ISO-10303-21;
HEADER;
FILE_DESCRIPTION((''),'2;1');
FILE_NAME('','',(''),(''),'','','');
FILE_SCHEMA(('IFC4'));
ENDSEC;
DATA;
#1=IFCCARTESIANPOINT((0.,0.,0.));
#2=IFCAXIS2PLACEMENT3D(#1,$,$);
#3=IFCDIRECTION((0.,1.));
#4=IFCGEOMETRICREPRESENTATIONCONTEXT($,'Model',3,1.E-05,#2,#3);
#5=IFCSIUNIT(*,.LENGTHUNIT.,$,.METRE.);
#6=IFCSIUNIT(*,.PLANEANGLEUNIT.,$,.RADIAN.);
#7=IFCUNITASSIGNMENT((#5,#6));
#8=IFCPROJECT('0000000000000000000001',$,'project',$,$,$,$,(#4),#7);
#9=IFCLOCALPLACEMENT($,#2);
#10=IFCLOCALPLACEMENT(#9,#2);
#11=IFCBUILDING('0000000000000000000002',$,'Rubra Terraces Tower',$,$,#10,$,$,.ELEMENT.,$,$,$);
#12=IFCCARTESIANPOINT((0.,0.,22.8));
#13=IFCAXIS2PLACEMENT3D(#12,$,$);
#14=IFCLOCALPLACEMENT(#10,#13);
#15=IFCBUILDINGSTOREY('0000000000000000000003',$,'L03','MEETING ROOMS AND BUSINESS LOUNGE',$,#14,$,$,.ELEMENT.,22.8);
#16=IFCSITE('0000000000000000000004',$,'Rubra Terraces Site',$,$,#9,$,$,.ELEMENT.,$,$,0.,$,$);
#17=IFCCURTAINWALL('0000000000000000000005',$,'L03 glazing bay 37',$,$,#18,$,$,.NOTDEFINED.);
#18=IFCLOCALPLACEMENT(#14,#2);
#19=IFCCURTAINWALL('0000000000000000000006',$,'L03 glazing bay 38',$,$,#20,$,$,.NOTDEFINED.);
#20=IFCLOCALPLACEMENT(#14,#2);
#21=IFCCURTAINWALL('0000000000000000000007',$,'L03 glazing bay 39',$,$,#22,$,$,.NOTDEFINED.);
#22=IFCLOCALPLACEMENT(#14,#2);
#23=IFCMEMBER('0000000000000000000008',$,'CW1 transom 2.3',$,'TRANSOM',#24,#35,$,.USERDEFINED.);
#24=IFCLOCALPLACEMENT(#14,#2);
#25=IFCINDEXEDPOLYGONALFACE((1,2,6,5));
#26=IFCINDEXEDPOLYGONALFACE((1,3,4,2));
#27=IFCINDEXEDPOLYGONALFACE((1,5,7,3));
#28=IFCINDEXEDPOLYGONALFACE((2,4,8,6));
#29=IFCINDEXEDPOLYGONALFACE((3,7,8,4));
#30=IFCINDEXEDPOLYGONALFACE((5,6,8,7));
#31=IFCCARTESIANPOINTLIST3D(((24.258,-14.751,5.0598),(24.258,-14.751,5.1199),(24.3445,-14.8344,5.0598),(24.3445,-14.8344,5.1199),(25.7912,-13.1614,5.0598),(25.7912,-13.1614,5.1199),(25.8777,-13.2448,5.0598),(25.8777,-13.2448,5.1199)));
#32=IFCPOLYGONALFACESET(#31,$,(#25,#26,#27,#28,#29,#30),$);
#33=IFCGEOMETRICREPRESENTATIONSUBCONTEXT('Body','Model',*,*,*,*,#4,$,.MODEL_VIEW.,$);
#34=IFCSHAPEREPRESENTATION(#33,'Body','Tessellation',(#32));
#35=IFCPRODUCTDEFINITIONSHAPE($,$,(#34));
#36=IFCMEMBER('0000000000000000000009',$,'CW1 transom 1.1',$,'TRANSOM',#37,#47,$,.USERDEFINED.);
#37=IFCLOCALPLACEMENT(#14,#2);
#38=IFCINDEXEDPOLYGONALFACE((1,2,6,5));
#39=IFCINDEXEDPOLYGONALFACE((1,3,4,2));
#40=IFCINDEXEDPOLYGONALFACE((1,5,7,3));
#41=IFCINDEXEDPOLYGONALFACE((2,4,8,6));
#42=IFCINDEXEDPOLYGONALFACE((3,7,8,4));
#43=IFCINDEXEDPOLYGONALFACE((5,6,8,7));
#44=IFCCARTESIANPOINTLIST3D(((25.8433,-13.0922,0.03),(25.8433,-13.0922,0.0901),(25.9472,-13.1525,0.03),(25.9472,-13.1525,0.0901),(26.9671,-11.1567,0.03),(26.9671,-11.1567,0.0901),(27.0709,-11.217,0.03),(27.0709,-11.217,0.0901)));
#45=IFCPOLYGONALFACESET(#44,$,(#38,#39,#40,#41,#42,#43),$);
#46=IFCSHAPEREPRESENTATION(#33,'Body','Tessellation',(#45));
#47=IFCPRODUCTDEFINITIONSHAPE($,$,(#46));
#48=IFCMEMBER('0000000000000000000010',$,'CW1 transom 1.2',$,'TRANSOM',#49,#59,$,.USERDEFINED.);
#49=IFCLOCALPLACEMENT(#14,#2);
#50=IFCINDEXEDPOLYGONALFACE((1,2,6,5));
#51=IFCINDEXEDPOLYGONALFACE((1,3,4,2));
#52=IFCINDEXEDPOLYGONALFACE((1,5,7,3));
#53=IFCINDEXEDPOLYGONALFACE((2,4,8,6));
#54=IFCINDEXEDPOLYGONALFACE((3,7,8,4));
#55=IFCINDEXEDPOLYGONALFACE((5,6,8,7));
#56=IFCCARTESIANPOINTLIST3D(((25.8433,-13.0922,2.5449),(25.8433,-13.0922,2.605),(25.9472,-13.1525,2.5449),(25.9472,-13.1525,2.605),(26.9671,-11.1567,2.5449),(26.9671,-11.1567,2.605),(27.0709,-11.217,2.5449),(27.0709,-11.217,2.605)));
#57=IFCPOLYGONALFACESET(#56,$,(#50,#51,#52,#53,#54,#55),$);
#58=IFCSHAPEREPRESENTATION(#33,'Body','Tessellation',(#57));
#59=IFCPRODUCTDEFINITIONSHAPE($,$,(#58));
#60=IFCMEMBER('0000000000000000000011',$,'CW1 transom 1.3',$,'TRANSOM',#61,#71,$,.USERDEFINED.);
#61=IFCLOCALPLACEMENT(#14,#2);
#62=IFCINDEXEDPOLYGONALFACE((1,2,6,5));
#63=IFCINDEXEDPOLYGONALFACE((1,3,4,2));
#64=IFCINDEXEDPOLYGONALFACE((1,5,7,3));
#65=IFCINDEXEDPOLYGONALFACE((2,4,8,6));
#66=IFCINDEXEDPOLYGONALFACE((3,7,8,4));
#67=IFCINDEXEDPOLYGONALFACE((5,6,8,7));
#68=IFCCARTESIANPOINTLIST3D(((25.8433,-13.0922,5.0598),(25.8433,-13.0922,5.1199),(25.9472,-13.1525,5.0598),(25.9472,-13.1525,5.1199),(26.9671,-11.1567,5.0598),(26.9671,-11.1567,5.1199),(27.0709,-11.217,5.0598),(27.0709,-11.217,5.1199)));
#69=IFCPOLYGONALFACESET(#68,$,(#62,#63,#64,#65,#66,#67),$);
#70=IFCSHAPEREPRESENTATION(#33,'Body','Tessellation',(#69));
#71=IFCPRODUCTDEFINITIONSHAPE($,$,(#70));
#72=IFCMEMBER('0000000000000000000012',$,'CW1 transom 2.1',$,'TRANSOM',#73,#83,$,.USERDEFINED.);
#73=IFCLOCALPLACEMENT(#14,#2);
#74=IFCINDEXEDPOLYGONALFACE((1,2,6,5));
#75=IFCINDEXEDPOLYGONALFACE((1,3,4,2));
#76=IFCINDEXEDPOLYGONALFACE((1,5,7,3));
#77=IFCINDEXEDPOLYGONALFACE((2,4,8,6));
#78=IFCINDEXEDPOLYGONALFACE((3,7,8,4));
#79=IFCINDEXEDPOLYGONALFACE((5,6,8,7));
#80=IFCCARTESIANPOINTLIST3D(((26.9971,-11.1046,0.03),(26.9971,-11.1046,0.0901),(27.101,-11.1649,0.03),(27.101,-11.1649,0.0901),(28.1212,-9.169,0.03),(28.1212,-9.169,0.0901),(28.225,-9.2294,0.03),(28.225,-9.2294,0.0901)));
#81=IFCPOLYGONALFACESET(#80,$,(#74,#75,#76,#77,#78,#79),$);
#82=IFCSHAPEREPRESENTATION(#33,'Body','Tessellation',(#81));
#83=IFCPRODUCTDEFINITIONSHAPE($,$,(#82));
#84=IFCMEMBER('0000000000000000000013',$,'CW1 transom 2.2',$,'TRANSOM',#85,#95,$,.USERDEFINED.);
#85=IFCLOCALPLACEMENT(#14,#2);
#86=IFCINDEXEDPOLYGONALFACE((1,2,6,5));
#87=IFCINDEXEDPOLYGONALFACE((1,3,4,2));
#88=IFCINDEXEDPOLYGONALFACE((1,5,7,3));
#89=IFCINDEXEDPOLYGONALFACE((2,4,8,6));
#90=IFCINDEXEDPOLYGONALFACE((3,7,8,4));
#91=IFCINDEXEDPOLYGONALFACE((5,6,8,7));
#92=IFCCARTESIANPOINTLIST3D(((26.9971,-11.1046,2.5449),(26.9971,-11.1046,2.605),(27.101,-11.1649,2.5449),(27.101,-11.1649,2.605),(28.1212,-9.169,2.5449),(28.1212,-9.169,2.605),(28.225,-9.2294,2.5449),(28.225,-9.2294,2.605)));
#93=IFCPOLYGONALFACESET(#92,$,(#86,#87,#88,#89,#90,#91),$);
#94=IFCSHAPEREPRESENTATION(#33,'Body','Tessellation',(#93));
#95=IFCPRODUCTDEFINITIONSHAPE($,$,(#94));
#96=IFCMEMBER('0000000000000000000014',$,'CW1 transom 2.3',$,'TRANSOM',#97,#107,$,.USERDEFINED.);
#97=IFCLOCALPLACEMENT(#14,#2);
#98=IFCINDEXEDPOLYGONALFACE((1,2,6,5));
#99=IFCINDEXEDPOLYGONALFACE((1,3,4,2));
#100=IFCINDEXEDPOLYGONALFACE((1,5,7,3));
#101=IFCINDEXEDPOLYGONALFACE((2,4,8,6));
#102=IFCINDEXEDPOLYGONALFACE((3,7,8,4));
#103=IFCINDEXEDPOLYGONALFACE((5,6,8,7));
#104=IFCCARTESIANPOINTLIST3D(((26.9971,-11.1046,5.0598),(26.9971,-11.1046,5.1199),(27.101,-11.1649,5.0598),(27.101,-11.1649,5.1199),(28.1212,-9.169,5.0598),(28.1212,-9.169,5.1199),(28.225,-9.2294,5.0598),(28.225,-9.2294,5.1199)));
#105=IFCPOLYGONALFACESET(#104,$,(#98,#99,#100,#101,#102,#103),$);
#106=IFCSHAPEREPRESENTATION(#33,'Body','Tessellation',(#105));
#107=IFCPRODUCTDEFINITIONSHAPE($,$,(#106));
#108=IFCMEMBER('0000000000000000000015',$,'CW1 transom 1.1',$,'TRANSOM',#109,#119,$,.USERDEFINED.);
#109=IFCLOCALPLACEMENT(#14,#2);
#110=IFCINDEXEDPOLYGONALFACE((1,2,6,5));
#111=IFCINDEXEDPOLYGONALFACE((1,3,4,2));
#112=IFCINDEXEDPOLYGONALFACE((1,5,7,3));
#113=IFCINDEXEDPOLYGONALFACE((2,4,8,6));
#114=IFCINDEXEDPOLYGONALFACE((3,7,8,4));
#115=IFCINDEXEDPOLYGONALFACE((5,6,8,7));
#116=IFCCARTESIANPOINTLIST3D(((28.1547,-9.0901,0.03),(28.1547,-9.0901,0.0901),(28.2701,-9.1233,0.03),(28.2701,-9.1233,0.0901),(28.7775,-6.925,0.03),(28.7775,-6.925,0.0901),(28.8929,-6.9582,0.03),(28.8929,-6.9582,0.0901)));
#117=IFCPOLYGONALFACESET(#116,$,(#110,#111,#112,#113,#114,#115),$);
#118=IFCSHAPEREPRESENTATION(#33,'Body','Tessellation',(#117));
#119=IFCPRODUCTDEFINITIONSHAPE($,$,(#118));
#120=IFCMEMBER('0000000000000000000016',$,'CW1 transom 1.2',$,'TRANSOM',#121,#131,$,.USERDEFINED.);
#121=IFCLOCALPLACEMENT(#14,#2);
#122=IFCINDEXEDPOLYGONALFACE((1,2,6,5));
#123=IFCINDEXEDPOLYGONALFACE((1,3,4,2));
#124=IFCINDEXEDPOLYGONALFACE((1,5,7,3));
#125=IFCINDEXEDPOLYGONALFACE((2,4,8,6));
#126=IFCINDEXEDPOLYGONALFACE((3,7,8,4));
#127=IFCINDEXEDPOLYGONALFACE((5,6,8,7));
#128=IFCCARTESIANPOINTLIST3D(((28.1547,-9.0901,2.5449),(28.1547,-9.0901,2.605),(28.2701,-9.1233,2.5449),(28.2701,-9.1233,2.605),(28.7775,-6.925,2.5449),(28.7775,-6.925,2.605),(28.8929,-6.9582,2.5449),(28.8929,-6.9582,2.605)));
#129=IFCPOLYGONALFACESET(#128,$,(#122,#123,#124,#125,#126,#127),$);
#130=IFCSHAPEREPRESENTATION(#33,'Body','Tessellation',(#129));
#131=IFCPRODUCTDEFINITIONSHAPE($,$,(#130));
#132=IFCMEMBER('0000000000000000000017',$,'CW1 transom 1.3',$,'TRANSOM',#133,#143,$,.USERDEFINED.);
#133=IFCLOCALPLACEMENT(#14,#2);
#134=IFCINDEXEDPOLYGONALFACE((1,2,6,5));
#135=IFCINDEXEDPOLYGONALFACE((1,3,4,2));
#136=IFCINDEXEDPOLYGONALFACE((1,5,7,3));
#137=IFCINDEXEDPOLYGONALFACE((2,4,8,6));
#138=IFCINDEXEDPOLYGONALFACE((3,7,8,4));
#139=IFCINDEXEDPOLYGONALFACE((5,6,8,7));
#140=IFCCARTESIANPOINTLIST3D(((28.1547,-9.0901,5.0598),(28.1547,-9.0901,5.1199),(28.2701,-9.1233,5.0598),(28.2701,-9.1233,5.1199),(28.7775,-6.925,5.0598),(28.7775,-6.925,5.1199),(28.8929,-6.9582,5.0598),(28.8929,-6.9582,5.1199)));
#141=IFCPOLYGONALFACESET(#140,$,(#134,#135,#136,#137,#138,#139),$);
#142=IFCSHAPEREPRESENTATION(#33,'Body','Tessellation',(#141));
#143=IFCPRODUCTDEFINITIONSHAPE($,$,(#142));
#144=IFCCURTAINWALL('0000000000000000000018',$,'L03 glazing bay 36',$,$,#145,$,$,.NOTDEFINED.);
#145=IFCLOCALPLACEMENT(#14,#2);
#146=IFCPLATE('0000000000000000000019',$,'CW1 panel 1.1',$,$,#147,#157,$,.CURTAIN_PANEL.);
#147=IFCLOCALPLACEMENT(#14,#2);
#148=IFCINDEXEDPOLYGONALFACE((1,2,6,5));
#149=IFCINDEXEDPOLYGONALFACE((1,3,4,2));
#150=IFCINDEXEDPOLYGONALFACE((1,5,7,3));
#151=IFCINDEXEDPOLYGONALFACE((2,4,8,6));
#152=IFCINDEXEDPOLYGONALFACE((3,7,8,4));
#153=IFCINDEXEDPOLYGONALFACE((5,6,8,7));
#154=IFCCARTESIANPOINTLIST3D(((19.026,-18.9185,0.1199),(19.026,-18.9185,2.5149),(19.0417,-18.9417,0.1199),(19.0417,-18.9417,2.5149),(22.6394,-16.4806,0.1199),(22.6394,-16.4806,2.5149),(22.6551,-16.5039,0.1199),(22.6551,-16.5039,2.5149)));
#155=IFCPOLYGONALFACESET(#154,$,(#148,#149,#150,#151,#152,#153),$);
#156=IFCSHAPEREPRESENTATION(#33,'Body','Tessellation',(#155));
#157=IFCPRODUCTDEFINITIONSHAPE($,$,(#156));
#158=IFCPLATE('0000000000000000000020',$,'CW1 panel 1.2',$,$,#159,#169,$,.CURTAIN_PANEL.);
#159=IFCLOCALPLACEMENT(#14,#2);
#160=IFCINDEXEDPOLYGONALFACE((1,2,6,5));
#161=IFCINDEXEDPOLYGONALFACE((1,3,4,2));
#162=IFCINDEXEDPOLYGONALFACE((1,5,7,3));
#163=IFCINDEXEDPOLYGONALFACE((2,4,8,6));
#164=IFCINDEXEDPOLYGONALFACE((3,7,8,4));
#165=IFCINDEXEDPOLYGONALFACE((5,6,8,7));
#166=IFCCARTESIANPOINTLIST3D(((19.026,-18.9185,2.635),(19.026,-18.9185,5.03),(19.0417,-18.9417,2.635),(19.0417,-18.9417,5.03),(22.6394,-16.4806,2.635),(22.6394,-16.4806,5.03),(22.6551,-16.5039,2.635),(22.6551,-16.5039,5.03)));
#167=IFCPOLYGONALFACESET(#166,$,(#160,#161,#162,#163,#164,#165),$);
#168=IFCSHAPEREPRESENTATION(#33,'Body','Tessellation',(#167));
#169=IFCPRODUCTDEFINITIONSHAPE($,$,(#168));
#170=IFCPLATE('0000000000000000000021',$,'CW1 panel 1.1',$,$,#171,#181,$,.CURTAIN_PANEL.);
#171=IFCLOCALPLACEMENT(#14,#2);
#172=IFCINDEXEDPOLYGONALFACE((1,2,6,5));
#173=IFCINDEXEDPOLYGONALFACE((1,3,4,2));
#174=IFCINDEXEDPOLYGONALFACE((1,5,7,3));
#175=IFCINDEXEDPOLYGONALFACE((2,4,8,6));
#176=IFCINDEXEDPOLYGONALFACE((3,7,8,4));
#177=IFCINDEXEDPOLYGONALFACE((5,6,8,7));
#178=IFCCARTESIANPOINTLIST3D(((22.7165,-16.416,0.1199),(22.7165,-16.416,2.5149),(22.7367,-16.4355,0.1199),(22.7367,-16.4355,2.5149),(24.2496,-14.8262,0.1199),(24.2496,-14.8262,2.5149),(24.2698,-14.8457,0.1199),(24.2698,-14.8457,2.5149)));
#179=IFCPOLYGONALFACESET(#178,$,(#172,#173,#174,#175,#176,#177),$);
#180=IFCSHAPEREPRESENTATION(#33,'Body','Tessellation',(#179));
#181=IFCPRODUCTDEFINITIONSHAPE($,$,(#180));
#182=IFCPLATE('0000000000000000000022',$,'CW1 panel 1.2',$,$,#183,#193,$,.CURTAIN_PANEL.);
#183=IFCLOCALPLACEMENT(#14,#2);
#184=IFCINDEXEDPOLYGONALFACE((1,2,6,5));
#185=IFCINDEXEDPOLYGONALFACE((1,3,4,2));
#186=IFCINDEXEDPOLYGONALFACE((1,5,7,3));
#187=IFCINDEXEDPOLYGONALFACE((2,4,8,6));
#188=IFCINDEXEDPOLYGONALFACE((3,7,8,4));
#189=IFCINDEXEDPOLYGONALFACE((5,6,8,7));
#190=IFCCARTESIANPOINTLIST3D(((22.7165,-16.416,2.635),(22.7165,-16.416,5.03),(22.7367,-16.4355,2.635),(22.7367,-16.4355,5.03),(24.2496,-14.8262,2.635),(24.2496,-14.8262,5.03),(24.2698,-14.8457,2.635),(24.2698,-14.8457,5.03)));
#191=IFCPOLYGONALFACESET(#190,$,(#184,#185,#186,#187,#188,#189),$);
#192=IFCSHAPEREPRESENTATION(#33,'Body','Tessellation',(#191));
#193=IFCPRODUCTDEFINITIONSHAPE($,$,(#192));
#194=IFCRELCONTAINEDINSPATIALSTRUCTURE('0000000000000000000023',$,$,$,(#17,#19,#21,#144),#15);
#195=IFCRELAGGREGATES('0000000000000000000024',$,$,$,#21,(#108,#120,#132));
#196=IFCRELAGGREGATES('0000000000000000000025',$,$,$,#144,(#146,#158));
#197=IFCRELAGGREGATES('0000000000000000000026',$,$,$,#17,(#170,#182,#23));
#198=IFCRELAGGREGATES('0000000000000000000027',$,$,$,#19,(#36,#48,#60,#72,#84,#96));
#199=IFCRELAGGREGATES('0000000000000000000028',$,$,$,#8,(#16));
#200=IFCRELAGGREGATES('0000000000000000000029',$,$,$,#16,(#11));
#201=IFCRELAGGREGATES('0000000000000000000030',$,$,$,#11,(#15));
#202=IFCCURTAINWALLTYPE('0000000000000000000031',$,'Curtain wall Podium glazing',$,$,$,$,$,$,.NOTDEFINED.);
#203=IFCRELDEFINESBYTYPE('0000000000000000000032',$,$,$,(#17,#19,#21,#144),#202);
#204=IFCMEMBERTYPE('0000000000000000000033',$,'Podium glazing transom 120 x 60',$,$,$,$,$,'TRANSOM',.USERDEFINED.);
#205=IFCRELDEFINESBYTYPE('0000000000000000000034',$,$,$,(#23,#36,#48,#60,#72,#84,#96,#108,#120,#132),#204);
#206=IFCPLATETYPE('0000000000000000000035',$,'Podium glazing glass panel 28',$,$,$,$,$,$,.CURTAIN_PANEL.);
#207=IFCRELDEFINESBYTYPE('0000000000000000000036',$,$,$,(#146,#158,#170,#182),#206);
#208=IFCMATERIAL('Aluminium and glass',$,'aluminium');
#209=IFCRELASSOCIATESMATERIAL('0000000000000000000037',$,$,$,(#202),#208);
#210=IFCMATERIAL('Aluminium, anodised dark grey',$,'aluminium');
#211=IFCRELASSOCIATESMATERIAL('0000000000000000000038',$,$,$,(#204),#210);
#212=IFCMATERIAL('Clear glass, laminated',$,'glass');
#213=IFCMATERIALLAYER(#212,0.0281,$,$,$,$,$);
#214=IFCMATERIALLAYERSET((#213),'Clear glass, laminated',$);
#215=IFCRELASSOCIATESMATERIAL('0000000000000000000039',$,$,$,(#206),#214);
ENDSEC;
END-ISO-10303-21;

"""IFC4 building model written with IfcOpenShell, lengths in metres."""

from ifc_helpers import new_model, si_unit, direction, frame, origin, origin_2d, place, context, subcontext, project, spatial, rectangle, extrude, material, layer, layer_set, material_profile, profile_set, type_object, element, aggregate, save


model = new_model("IFC4")

# Units and contexts
model_context = context("Model", 3, precision=1e-05, world=origin(), true_north=direction((0.0, 1.0)))
body_context = subcontext(model_context, "Body", "Model", "MODEL_VIEW")
ifc_project = project(units=[si_unit("LENGTHUNIT", "METRE"), si_unit("PLANEANGLEUNIT", "RADIAN")], contexts=[model_context])

# Site, building, storey
site_placement = place(None, origin())
site = spatial("IfcSite", under=ifc_project, at=site_placement, Name="Rubra Terraces Site", CompositionType="ELEMENT", RefElevation=0.0)
building_placement = place(site_placement, origin())
building = spatial("IfcBuilding", under=site, at=building_placement, Name="Rubra Terraces Tower", CompositionType="ELEMENT")
storey_placement = place(building_placement, frame((0.0, 0.0, 22.8)))
storey = spatial("IfcBuildingStorey", under=building, at=storey_placement, Name="L03", Description="MEETING ROOMS AND BUSINESS LOUNGE", CompositionType="ELEMENT", Elevation=22.8)

# Curtain walls
ifc_material_1 = material(Name="Aluminium and glass", Category="aluminium")
curtain_wall_type = type_object("IfcCurtainWallType", Name="Curtain wall Podium glazing", PredefinedType="NOTDEFINED", material=ifc_material_1)
curtain_wall_1_placement = place(storey_placement, origin())
curtain_wall_1 = element("IfcCurtainWall", 1, at=curtain_wall_1_placement, inside=storey, type_object=curtain_wall_type, Name="L03 glazing bay 37", PredefinedType="NOTDEFINED")
ifc_material_2 = material(Name="Aluminium, anodised dark grey", Category="aluminium")
curtain_wall_2_placement = place(storey_placement, origin())
curtain_wall_2 = element("IfcCurtainWall", 2, at=curtain_wall_2_placement, inside=storey, type_object=curtain_wall_type, Name="L03 glazing bay 38", PredefinedType="NOTDEFINED")

# Curtain wall
curtain_wall_3_placement = place(storey_placement, origin())
curtain_wall_3 = element("IfcCurtainWall", 3, at=curtain_wall_3_placement, inside=storey, type_object=curtain_wall_type, Name="L03 glazing bay 39", PredefinedType="NOTDEFINED")

# Members
ifc_material_profile_1 = material_profile(ifc_material_2, rectangle(XDim=0.1201, YDim=0.0601, at=origin_2d()), Name="AL 120x60")
ifc_profile_set_1 = profile_set([ifc_material_profile_1], Name="Aluminium, anodised dark grey")
member_type_1 = type_object("IfcMemberType", Name="Podium glazing transom 120 x 60", ElementType="TRANSOM", PredefinedType="USERDEFINED", material=ifc_profile_set_1)
member_1_placement = place(storey_placement, frame((24.3013, -14.7927, 5.0898), z_axis=(0.694224, 0.719759, 0.0), x_axis=(-0.719759, 0.694224, 0.0)))
member_1 = element("IfcMember", 4, at=member_1_placement, type_object=member_type_1, Name="CW1 transom 2.3", ObjectType="TRANSOM", PredefinedType="USERDEFINED", context=body_context, shape_type="SweptSolid", body=[
    extrude(rectangle(XDim=0.1201, YDim=0.0601, at=origin_2d()), origin(), (0.0, 0.0, 1.0), 2.2085),
])
member_2_placement = place(storey_placement, frame((25.8953, -13.1223, 0.0601), z_axis=(0.502107, 0.864806, 0.0), x_axis=(-0.864806, 0.502107, 0.0)))
member_2 = element("IfcMember", 5, at=member_2_placement, type_object=member_type_1, Name="CW1 transom 1.1", ObjectType="TRANSOM", PredefinedType="USERDEFINED", context=body_context, shape_type="SweptSolid", body=[
    extrude(rectangle(XDim=0.1201, YDim=0.0601, at=origin_2d()), origin(), (0.0, 0.0, 1.0), 2.238),
])
member_3_placement = place(storey_placement, frame((25.8953, -13.1223, 2.575), z_axis=(0.502107, 0.864806, 0.0), x_axis=(-0.864806, 0.502107, 0.0)))
member_3 = element("IfcMember", 6, at=member_3_placement, type_object=member_type_1, Name="CW1 transom 1.2", ObjectType="TRANSOM", PredefinedType="USERDEFINED", context=body_context, shape_type="SweptSolid", body=[
    extrude(rectangle(XDim=0.1201, YDim=0.0601, at=origin_2d()), origin(), (0.0, 0.0, 1.0), 2.238),
])
member_4_placement = place(storey_placement, frame((25.8953, -13.1223, 5.0898), z_axis=(0.502107, 0.864806, 0.0), x_axis=(-0.864806, 0.502107, 0.0)))
member_4 = element("IfcMember", 7, at=member_4_placement, type_object=member_type_1, Name="CW1 transom 1.3", ObjectType="TRANSOM", PredefinedType="USERDEFINED", context=body_context, shape_type="SweptSolid", body=[
    extrude(rectangle(XDim=0.1201, YDim=0.0601, at=origin_2d()), origin(), (0.0, 0.0, 1.0), 2.238),
])
member_5_placement = place(storey_placement, frame((27.0491, -11.1348, 0.0601), z_axis=(0.502188, 0.864758, 0.0), x_axis=(-0.864758, 0.502188, 0.0)))
member_5 = element("IfcMember", 8, at=member_5_placement, type_object=member_type_1, Name="CW1 transom 2.1", ObjectType="TRANSOM", PredefinedType="USERDEFINED", context=body_context, shape_type="SweptSolid", body=[
    extrude(rectangle(XDim=0.1201, YDim=0.0601, at=origin_2d()), origin(), (0.0, 0.0, 1.0), 2.2383),
])
member_6_placement = place(storey_placement, frame((27.0491, -11.1348, 2.575), z_axis=(0.502188, 0.864758, 0.0), x_axis=(-0.864758, 0.502188, 0.0)))
member_6 = element("IfcMember", 9, at=member_6_placement, type_object=member_type_1, Name="CW1 transom 2.2", ObjectType="TRANSOM", PredefinedType="USERDEFINED", context=body_context, shape_type="SweptSolid", body=[
    extrude(rectangle(XDim=0.1201, YDim=0.0601, at=origin_2d()), origin(), (0.0, 0.0, 1.0), 2.2383),
])
member_7_placement = place(storey_placement, frame((27.0491, -11.1348, 5.0898), z_axis=(0.502188, 0.864758, 0.0), x_axis=(-0.864758, 0.502188, 0.0)))
member_7 = element("IfcMember", 10, at=member_7_placement, type_object=member_type_1, Name="CW1 transom 2.3", ObjectType="TRANSOM", PredefinedType="USERDEFINED", context=body_context, shape_type="SweptSolid", body=[
    extrude(rectangle(XDim=0.1201, YDim=0.0601, at=origin_2d()), origin(), (0.0, 0.0, 1.0), 2.2383),
])
member_8_placement = place(storey_placement, frame((28.2124, -9.1067, 0.0601), z_axis=(0.276453, 0.961028, 0.0), x_axis=(-0.961028, 0.276453, 0.0)))
member_8 = element("IfcMember", 11, at=member_8_placement, type_object=member_type_1, Name="CW1 transom 1.1", ObjectType="TRANSOM", PredefinedType="USERDEFINED", context=body_context, shape_type="SweptSolid", body=[
    extrude(rectangle(XDim=0.1201, YDim=0.0601, at=origin_2d()), origin(), (0.0, 0.0, 1.0), 2.2529),
])
member_9_placement = place(storey_placement, frame((28.2124, -9.1067, 2.575), z_axis=(0.276453, 0.961028, 0.0), x_axis=(-0.961028, 0.276453, 0.0)))
member_9 = element("IfcMember", 12, at=member_9_placement, type_object=member_type_1, Name="CW1 transom 1.2", ObjectType="TRANSOM", PredefinedType="USERDEFINED", context=body_context, shape_type="SweptSolid", body=[
    extrude(rectangle(XDim=0.1201, YDim=0.0601, at=origin_2d()), origin(), (0.0, 0.0, 1.0), 2.2529),
])
member_10_placement = place(storey_placement, frame((28.2124, -9.1067, 5.0898), z_axis=(0.276453, 0.961028, 0.0), x_axis=(-0.961028, 0.276453, 0.0)))
member_10 = element("IfcMember", 13, at=member_10_placement, type_object=member_type_1, Name="CW1 transom 1.3", ObjectType="TRANSOM", PredefinedType="USERDEFINED", context=body_context, shape_type="SweptSolid", body=[
    extrude(rectangle(XDim=0.1201, YDim=0.0601, at=origin_2d()), origin(), (0.0, 0.0, 1.0), 2.2529),
])
aggregate(curtain_wall_3, [member_8, member_9, member_10])

# Curtain wall, plates
curtain_wall_4_placement = place(storey_placement, origin())
curtain_wall_4 = element("IfcCurtainWall", 14, at=curtain_wall_4_placement, inside=storey, type_object=curtain_wall_type, Name="L03 glazing bay 36", PredefinedType="NOTDEFINED")
ifc_material_3 = material(Name="Clear glass, laminated", Category="glass")
ifc_layer_1 = layer(ifc_material_3, 0.0281)
ifc_layer_set_1 = layer_set([ifc_layer_1], Name="Clear glass, laminated")
plate_type = type_object("IfcPlateType", Name="Podium glazing glass panel 28", PredefinedType="CURTAIN_PANEL", material=ifc_layer_set_1)
plate_1_placement = place(storey_placement, frame((20.8406, -17.7112, 0.1199), z_axis=(0.0, 0.0, 1.0), x_axis=(0.828981, 0.559277, 0.0)))
plate_1 = element("IfcPlate", 15, at=plate_1_placement, type_object=plate_type, Name="CW1 panel 1.1", PredefinedType="CURTAIN_PANEL", context=body_context, shape_type="SweptSolid", body=[
    extrude(rectangle(XDim=4.3589, YDim=0.0281, at=origin_2d()), origin(), (0.0, 0.0, 1.0), 2.395),
])
plate_2_placement = place(storey_placement, frame((20.8406, -17.7112, 2.635), z_axis=(0.0, 0.0, 1.0), x_axis=(0.828981, 0.559277, 0.0)))
plate_2 = element("IfcPlate", 16, at=plate_2_placement, type_object=plate_type, Name="CW1 panel 1.2", PredefinedType="CURTAIN_PANEL", context=body_context, shape_type="SweptSolid", body=[
    extrude(rectangle(XDim=4.3589, YDim=0.0281, at=origin_2d()), origin(), (0.0, 0.0, 1.0), 2.395),
])
aggregate(curtain_wall_4, [plate_1, plate_2])

# Plates
plate_3_placement = place(storey_placement, frame((23.4932, -15.6309, 0.1199), z_axis=(0.0, 0.0, 1.0), x_axis=(0.694156, 0.719825, 0.0)))
plate_3 = element("IfcPlate", 17, at=plate_3_placement, type_object=plate_type, Name="CW1 panel 1.1", PredefinedType="CURTAIN_PANEL", context=body_context, shape_type="SweptSolid", body=[
    extrude(rectangle(XDim=2.2085, YDim=0.0281, at=origin_2d()), origin(), (0.0, 0.0, 1.0), 2.395),
])
plate_4_placement = place(storey_placement, frame((23.4932, -15.6309, 2.635), z_axis=(0.0, 0.0, 1.0), x_axis=(0.694156, 0.719825, 0.0)))
plate_4 = element("IfcPlate", 18, at=plate_4_placement, type_object=plate_type, Name="CW1 panel 1.2", PredefinedType="CURTAIN_PANEL", context=body_context, shape_type="SweptSolid", body=[
    extrude(rectangle(XDim=2.2085, YDim=0.0281, at=origin_2d()), origin(), (0.0, 0.0, 1.0), 2.395),
])
aggregate(curtain_wall_1, [plate_3, plate_4, member_1])
aggregate(curtain_wall_2, [member_2, member_3, member_4, member_5, member_6, member_7])

save(model, "model.ifc")
